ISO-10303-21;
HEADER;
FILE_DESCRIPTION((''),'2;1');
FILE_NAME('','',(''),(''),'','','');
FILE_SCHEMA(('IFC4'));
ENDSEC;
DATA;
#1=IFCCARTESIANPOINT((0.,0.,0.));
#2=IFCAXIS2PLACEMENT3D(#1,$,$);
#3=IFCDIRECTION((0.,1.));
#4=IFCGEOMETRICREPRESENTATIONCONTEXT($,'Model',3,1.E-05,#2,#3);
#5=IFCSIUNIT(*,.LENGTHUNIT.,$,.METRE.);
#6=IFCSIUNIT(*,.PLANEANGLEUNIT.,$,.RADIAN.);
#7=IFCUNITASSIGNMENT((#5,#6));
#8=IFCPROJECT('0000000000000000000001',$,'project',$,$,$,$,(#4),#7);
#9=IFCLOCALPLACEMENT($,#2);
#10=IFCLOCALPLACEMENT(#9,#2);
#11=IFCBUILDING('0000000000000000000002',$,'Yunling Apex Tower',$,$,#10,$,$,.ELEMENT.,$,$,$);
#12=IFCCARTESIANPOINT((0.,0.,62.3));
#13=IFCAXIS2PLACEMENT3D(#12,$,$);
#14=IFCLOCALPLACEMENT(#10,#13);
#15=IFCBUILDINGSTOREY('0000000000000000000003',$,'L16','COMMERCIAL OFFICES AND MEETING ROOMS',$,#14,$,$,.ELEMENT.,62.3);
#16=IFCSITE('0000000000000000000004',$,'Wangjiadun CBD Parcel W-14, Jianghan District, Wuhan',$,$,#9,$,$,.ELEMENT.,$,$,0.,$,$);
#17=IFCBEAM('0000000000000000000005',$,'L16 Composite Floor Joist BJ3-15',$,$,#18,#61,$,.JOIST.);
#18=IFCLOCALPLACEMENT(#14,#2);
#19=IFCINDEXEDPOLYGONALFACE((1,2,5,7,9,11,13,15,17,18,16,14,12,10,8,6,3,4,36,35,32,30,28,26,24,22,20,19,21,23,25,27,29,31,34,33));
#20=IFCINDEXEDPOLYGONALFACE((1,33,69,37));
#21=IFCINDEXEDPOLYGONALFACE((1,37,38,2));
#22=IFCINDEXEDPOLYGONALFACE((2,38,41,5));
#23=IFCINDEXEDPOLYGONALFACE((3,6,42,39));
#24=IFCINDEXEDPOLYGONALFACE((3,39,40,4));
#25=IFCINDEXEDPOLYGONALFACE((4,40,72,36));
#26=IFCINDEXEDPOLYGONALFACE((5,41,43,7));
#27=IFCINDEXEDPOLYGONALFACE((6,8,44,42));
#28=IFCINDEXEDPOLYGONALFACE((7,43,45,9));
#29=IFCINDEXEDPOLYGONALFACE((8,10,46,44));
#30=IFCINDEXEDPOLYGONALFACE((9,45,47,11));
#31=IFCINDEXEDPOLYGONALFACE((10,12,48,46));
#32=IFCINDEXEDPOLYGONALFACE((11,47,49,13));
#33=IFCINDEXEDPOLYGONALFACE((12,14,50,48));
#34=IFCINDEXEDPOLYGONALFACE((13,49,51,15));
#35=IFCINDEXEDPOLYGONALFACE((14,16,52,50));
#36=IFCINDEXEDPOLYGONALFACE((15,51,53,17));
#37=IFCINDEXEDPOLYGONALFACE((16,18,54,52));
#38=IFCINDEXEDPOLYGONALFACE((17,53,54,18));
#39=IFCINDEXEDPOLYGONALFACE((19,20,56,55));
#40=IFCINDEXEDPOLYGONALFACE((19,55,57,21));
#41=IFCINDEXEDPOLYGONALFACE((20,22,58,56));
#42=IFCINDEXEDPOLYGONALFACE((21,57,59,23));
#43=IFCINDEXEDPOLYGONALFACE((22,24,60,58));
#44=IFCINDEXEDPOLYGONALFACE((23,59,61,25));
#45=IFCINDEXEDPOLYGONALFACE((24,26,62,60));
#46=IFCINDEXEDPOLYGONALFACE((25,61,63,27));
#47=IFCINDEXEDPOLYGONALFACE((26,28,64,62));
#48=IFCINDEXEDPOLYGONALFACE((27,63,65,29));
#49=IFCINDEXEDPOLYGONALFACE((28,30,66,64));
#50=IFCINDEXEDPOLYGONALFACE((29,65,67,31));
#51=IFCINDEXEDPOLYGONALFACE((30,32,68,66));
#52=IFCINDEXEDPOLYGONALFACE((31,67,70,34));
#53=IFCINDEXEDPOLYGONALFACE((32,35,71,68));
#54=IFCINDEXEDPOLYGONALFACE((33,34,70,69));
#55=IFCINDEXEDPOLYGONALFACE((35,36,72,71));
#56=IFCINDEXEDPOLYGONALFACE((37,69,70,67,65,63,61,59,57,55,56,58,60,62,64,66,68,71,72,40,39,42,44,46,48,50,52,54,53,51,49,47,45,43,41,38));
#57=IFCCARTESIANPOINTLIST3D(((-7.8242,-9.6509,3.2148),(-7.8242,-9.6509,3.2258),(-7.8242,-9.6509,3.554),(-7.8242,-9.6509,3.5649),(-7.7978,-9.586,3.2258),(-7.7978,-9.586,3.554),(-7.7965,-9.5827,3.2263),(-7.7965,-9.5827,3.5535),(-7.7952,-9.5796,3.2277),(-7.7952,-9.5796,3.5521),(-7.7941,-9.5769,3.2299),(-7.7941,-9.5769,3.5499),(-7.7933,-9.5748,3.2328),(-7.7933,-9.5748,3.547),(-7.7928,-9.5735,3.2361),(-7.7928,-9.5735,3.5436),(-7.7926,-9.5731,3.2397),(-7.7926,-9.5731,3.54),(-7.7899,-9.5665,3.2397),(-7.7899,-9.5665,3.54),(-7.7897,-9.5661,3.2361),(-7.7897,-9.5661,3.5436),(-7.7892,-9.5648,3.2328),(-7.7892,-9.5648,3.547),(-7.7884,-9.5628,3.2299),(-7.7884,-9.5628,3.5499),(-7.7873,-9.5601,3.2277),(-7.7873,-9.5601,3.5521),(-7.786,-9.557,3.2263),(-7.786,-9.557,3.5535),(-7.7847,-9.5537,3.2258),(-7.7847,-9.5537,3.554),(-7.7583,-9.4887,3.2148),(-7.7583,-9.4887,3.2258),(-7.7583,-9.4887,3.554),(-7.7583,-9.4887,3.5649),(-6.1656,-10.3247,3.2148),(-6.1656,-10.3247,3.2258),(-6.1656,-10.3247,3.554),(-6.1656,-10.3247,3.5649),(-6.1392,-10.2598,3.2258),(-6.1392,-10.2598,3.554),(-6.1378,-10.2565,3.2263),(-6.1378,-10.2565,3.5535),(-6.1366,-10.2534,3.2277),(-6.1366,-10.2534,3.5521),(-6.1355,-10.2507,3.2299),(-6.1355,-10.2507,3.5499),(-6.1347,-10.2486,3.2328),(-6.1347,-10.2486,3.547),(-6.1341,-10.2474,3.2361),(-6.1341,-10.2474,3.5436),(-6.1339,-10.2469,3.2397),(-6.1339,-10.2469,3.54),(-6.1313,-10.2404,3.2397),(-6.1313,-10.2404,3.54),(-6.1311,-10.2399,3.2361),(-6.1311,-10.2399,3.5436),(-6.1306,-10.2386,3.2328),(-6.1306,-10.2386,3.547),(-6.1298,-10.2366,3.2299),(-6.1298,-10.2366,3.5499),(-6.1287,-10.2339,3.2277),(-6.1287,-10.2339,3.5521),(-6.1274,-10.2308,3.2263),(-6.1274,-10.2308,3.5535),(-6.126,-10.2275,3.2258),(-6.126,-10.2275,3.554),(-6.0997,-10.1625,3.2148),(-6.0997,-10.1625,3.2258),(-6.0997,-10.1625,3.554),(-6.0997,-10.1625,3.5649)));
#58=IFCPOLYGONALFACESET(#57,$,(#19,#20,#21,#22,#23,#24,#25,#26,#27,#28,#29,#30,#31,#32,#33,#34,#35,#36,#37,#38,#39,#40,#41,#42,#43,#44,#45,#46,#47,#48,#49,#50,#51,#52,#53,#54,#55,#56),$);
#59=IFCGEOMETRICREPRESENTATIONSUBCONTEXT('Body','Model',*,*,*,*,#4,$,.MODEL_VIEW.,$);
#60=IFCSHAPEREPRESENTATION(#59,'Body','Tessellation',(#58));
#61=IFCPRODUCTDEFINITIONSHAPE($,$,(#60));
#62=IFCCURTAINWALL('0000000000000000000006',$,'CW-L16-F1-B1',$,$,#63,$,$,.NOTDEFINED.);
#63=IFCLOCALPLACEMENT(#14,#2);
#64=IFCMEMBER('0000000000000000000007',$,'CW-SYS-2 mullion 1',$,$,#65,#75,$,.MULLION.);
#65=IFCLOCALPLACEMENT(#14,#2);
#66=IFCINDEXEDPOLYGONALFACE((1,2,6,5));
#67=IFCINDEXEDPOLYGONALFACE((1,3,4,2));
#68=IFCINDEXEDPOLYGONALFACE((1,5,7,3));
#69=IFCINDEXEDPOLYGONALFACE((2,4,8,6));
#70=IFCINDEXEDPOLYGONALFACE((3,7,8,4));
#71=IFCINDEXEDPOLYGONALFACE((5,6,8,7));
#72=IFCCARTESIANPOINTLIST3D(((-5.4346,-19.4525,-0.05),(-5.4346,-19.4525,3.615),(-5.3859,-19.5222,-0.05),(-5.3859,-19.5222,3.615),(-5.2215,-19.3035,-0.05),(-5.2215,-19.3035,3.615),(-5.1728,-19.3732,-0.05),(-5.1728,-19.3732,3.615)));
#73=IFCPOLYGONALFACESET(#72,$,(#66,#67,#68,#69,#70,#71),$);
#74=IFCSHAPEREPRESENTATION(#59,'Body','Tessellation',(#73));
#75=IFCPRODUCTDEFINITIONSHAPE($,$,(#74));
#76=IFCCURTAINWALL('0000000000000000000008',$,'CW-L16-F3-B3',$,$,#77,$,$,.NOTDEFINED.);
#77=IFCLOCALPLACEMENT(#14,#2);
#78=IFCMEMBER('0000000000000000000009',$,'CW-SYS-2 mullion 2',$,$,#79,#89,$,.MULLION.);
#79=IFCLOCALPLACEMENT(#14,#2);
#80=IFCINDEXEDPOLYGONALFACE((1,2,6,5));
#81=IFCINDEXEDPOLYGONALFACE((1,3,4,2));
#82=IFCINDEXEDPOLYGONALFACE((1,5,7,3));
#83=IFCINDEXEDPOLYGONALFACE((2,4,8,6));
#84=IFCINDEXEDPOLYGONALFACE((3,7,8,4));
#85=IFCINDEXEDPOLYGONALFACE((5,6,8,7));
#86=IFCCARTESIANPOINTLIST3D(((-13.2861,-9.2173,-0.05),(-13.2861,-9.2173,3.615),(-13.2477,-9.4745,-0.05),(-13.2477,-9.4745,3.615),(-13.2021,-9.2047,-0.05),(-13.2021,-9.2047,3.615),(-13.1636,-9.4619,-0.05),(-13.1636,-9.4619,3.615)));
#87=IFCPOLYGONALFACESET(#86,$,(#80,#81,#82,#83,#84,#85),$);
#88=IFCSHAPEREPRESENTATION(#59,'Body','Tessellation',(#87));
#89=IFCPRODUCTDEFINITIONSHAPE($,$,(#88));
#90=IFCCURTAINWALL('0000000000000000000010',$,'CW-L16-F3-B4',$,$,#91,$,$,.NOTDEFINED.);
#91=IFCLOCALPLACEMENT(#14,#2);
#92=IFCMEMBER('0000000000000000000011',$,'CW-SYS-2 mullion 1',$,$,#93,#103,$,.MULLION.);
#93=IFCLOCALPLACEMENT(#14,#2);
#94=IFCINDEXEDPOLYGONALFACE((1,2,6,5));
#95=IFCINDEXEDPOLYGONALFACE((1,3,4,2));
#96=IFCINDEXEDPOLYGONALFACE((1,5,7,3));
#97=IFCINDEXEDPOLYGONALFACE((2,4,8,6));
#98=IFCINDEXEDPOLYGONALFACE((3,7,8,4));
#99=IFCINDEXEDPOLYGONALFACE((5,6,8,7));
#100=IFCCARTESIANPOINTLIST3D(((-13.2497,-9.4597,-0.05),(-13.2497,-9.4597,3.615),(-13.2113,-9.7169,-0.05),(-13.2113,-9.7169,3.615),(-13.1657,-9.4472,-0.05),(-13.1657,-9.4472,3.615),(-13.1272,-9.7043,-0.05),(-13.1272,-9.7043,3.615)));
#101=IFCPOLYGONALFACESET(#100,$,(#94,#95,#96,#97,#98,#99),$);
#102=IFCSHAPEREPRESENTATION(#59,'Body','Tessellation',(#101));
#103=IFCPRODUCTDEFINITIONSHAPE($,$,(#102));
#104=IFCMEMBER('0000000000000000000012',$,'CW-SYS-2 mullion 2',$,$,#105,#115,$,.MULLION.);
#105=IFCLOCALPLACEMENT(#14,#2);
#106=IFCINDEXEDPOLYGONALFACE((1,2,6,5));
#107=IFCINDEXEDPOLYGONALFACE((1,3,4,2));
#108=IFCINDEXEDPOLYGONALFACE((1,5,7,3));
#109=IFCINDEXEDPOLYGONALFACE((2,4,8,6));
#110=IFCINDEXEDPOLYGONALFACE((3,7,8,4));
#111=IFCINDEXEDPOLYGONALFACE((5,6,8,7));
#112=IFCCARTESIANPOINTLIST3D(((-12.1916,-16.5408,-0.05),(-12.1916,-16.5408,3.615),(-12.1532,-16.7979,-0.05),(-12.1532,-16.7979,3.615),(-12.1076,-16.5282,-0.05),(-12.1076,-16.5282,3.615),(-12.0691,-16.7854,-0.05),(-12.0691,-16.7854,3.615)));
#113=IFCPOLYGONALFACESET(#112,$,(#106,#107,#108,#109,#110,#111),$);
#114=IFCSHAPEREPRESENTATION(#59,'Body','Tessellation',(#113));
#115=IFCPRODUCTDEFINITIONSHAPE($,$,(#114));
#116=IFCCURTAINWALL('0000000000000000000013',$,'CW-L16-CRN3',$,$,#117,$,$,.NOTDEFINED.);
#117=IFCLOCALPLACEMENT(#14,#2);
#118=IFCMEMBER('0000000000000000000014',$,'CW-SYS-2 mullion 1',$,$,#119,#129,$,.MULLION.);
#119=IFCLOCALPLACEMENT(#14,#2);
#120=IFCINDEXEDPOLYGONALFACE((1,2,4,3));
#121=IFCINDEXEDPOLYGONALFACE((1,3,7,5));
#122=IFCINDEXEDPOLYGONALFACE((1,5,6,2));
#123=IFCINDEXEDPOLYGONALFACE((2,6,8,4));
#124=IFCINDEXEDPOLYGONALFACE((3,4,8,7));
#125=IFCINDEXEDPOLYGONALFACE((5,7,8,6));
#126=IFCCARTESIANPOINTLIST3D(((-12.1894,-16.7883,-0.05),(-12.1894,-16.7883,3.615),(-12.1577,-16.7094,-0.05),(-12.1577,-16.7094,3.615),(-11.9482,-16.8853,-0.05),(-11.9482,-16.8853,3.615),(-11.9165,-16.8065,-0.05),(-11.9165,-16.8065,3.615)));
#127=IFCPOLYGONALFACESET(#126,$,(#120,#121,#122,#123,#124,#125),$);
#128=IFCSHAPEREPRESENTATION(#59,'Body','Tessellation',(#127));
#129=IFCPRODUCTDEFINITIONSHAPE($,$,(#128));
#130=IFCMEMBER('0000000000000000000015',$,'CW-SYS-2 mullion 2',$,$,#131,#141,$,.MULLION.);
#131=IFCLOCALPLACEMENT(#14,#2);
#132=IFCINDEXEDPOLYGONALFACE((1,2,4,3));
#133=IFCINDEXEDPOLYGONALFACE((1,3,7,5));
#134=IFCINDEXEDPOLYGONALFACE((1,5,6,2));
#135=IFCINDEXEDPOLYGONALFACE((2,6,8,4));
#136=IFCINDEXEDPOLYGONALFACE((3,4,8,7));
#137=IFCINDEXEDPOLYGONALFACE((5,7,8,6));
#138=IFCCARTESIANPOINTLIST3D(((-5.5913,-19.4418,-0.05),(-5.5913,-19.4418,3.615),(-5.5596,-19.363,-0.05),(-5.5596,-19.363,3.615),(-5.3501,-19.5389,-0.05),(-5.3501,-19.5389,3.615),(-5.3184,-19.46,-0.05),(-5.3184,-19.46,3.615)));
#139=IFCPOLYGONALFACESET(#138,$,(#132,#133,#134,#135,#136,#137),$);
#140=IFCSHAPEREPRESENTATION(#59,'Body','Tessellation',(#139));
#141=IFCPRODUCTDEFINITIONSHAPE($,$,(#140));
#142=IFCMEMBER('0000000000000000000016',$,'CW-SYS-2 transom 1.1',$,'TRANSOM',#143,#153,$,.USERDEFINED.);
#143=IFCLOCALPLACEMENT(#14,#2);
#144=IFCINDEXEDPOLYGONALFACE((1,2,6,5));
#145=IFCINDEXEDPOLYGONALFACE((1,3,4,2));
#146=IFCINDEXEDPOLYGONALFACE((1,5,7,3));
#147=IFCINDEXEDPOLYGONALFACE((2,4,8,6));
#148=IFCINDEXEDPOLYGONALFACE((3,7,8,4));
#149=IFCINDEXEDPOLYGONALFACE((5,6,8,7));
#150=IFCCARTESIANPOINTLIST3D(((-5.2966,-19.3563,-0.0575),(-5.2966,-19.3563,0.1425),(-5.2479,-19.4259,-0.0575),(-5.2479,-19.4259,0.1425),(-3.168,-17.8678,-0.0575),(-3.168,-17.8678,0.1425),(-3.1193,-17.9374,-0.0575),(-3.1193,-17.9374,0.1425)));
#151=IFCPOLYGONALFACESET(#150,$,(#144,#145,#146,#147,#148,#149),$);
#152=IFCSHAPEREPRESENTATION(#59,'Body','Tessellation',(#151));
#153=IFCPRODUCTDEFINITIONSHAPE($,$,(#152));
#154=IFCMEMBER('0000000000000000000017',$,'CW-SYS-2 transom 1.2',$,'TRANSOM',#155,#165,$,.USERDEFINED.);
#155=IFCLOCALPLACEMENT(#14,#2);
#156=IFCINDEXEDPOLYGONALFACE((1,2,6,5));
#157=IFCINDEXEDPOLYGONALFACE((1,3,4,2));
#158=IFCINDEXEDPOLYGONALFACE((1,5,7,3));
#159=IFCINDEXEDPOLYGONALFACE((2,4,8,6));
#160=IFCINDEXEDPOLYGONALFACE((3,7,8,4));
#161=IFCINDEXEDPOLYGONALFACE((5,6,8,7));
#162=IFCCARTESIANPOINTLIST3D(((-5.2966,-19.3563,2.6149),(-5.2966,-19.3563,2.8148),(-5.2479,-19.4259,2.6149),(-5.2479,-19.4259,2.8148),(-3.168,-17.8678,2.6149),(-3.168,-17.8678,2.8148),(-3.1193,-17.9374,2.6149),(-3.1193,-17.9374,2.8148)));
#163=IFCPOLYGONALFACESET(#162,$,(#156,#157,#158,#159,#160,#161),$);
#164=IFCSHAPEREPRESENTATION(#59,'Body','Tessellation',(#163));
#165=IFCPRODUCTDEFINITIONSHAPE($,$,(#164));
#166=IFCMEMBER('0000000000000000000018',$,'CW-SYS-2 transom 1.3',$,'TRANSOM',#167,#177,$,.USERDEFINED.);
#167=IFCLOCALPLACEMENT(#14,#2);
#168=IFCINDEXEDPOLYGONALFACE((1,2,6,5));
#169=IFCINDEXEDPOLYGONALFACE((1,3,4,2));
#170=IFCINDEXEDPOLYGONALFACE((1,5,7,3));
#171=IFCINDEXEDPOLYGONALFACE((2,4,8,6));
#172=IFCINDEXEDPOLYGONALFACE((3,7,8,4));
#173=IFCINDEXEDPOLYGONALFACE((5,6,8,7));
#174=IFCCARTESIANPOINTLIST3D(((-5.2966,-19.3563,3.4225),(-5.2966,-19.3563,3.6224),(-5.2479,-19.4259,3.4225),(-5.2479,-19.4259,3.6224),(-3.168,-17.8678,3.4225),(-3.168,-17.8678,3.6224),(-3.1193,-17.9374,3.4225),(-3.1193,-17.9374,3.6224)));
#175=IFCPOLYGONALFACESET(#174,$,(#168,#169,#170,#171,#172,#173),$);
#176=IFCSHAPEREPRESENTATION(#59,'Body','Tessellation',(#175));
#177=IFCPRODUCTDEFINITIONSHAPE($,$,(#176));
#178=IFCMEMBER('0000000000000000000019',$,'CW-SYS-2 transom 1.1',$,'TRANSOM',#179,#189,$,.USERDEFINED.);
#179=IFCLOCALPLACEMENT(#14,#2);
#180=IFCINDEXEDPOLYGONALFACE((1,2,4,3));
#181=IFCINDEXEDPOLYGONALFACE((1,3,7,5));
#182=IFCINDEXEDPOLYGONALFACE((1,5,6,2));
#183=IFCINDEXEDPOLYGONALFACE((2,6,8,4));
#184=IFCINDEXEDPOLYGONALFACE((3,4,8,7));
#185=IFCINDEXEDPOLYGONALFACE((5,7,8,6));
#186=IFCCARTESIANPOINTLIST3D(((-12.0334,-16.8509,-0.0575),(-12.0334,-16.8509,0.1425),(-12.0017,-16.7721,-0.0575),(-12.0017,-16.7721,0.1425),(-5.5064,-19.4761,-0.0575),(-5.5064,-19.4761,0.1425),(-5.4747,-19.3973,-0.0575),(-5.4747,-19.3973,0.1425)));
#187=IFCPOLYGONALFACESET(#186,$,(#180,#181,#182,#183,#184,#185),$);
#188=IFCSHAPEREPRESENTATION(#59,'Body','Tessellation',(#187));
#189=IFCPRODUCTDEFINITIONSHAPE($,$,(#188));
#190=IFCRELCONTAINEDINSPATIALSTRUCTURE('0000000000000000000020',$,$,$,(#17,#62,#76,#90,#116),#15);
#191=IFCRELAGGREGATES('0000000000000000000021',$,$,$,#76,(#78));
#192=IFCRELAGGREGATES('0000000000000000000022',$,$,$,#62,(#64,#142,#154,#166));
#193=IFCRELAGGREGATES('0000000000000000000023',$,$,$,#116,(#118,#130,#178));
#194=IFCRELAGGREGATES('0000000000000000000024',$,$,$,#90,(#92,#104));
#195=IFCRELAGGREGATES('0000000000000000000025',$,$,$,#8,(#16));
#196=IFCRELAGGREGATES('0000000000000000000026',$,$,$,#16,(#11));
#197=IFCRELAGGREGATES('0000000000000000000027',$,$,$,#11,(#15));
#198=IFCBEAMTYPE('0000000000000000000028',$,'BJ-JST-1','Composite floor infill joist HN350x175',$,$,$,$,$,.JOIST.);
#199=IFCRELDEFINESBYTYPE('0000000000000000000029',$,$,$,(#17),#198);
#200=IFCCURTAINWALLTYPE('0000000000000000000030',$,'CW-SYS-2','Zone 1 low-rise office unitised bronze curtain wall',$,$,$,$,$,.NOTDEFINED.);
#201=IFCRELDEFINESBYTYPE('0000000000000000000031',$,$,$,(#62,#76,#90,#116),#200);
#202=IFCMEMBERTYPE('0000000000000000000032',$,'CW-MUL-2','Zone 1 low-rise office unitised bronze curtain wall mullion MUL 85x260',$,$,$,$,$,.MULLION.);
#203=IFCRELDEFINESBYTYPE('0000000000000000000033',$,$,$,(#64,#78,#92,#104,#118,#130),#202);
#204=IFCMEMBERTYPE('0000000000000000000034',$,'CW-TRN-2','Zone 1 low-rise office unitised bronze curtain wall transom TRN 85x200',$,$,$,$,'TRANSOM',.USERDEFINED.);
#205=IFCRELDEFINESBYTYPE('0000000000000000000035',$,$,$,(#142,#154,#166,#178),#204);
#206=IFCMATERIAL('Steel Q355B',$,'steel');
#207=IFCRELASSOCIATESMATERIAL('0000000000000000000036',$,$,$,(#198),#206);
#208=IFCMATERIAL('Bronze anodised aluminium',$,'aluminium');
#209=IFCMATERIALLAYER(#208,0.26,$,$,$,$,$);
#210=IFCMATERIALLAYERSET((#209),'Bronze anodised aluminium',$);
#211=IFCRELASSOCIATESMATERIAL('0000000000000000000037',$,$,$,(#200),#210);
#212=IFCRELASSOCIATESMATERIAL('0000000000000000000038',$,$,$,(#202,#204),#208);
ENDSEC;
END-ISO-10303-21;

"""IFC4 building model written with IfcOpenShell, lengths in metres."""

from ifc_helpers import new_model, si_unit, direction, frame, origin, origin_2d, place, context, subcontext, project, spatial, rectangle, i_section, extrude, source, transform, mapped, material, layer, layer_set, material_profile, profile_set, type_object, element, aggregate, save


model = new_model("IFC4")

# Units and contexts
model_context = context("Model", 3, precision=1e-05, world=origin(), true_north=direction((0.0, 1.0)))
body_context = subcontext(model_context, "Body", "Model", "MODEL_VIEW")
ifc_project = project(units=[si_unit("LENGTHUNIT", "METRE"), si_unit("PLANEANGLEUNIT", "RADIAN")], contexts=[model_context])

# Site, building, storey
site_placement = place(None, origin())
site = spatial("IfcSite", under=ifc_project, at=site_placement, Name="Wangjiadun CBD Parcel W-14, Jianghan District, Wuhan", CompositionType="ELEMENT", RefElevation=0.0)
building_placement = place(site_placement, origin())
building = spatial("IfcBuilding", under=site, at=building_placement, Name="Yunling Apex Tower", CompositionType="ELEMENT")
storey_placement = place(building_placement, frame((0.0, 0.0, 62.3)))
storey = spatial("IfcBuildingStorey", under=building, at=storey_placement, Name="L16", Description="COMMERCIAL OFFICES AND MEETING ROOMS", CompositionType="ELEMENT", Elevation=62.3)

# Beam
ifc_material_1 = material(Name="Steel Q355B", Category="steel")
ifc_material_profile_1 = material_profile(ifc_material_1, i_section(OverallWidth=0.175, OverallDepth=0.3501, WebThickness=0.0071, FlangeThickness=0.011, FilletRadius=0.0139, at=origin_2d()))
ifc_profile_set_1 = profile_set([ifc_material_profile_1], Name="Steel Q355B")
beam_type_1 = type_object("IfcBeamType", Name="BJ-JST-1", Description="Composite floor infill joist HN350x175", PredefinedType="JOIST", material=ifc_profile_set_1)
shared_shape_1 = source(origin(), body_context, "Body", "SweptSolid", [
    extrude(i_section(OverallWidth=0.175, OverallDepth=0.3501, WebThickness=0.0071, FlangeThickness=0.011, FilletRadius=0.0139, at=origin_2d()), origin(), (0.0, 0.0, 1.0), 1.7903),
])
beam_1_placement = place(storey_placement, frame((-7.7913, -9.5698, 3.3899), z_axis=(0.92647, -0.37637, 0.0), x_axis=(0.37637, 0.92647, 0.0)))
element("IfcBeam", 1, at=beam_1_placement, inside=storey, type_object=beam_type_1, Name="L16 Composite Floor Joist BJ3-15", PredefinedType="JOIST", context=body_context, shape_type="MappedRepresentation", body=[
    mapped(shared_shape_1, transform((0.0, 0.0, 0.0), scale=1.0)),
])

# Curtain walls, members
ifc_material_2 = material(Name="Bronze anodised aluminium", Category="aluminium")
ifc_layer_1 = layer(ifc_material_2, 0.26)
ifc_layer_set_1 = layer_set([ifc_layer_1], Name="Bronze anodised aluminium")
curtain_wall_type = type_object("IfcCurtainWallType", Name="CW-SYS-2", Description="Zone 1 low-rise office unitised bronze curtain wall", PredefinedType="NOTDEFINED", material=ifc_layer_set_1)
curtain_wall_1_placement = place(storey_placement, origin())
curtain_wall_1 = element("IfcCurtainWall", 2, at=curtain_wall_1_placement, inside=storey, type_object=curtain_wall_type, Name="CW-L16-F1-B1", PredefinedType="NOTDEFINED")
ifc_material_profile_2 = material_profile(ifc_material_2, rectangle(XDim=0.085, YDim=0.26, at=origin_2d()))
ifc_profile_set_2 = profile_set([ifc_material_profile_2], Name="Bronze anodised aluminium")
member_type_1 = type_object("IfcMemberType", Name="CW-MUL-2", Description="Zone 1 low-rise office unitised bronze curtain wall mullion MUL 85x260", PredefinedType="MULLION", material=ifc_profile_set_2)
shared_shape_2 = source(origin(), body_context, "Body", "SweptSolid", [
    extrude(rectangle(XDim=0.085, YDim=0.26, at=origin_2d()), origin(), (0.0, 0.0, 1.0), 3.665),
])
member_1_placement = place(storey_placement, frame((-5.3037, -19.4128, -0.05), z_axis=(0.0, 0.0, 1.0), x_axis=(-0.573004, 0.819552, 0.0)))
member_1 = element("IfcMember", 3, at=member_1_placement, type_object=member_type_1, Name="CW-SYS-2 mullion 1", PredefinedType="MULLION", context=body_context, shape_type="MappedRepresentation", body=[
    mapped(shared_shape_2, transform((0.0, 0.0, 0.0), scale=1.0)),
])
curtain_wall_2_placement = place(storey_placement, origin())
curtain_wall_2 = element("IfcCurtainWall", 4, at=curtain_wall_2_placement, inside=storey, type_object=curtain_wall_type, Name="CW-L16-F3-B3", PredefinedType="NOTDEFINED")
member_2_placement = place(storey_placement, frame((-13.2249, -9.3396, -0.05), z_axis=(0.0, 0.0, 1.0), x_axis=(0.989015, 0.147815, 0.0)))
member_2 = element("IfcMember", 5, at=member_2_placement, type_object=member_type_1, Name="CW-SYS-2 mullion 2", PredefinedType="MULLION", context=body_context, shape_type="MappedRepresentation", body=[
    mapped(shared_shape_2, transform((0.0, 0.0, 0.0), scale=1.0)),
])
aggregate(curtain_wall_2, [member_2])

# Curtain walls, members
curtain_wall_3_placement = place(storey_placement, origin())
curtain_wall_3 = element("IfcCurtainWall", 6, at=curtain_wall_3_placement, inside=storey, type_object=curtain_wall_type, Name="CW-L16-F3-B4", PredefinedType="NOTDEFINED")
member_3_placement = place(storey_placement, frame((-13.1885, -9.582, -0.05), z_axis=(0.0, 0.0, 1.0), x_axis=(0.989017, 0.147801, 0.0)))
member_3 = element("IfcMember", 7, at=member_3_placement, type_object=member_type_1, Name="CW-SYS-2 mullion 1", PredefinedType="MULLION", context=body_context, shape_type="MappedRepresentation", body=[
    mapped(shared_shape_2, transform((0.0, 0.0, 0.0), scale=1.0)),
])
member_4_placement = place(storey_placement, frame((-12.1304, -16.6631, -0.05), z_axis=(0.0, 0.0, 1.0), x_axis=(0.989017, 0.147801, 0.0)))
member_4 = element("IfcMember", 8, at=member_4_placement, type_object=member_type_1, Name="CW-SYS-2 mullion 2", PredefinedType="MULLION", context=body_context, shape_type="MappedRepresentation", body=[
    mapped(shared_shape_2, transform((0.0, 0.0, 0.0), scale=1.0)),
])
curtain_wall_4_placement = place(storey_placement, origin())
curtain_wall_4 = element("IfcCurtainWall", 9, at=curtain_wall_4_placement, inside=storey, type_object=curtain_wall_type, Name="CW-L16-CRN3", PredefinedType="NOTDEFINED")
member_5_placement = place(storey_placement, frame((-12.053, -16.7974, -0.05), z_axis=(0.0, 0.0, 1.0), x_axis=(0.373144, 0.927774, 0.0)))
member_5 = element("IfcMember", 10, at=member_5_placement, type_object=member_type_1, Name="CW-SYS-2 mullion 1", PredefinedType="MULLION", context=body_context, shape_type="MappedRepresentation", body=[
    mapped(shared_shape_2, transform((0.0, 0.0, 0.0), scale=1.0)),
])
member_6_placement = place(storey_placement, frame((-5.4548, -19.4509, -0.05), z_axis=(0.0, 0.0, 1.0), x_axis=(0.373144, 0.927774, 0.0)))
member_6 = element("IfcMember", 11, at=member_6_placement, type_object=member_type_1, Name="CW-SYS-2 mullion 2", PredefinedType="MULLION", context=body_context, shape_type="MappedRepresentation", body=[
    mapped(shared_shape_2, transform((0.0, 0.0, 0.0), scale=1.0)),
])

# Members
ifc_material_profile_3 = material_profile(ifc_material_2, rectangle(XDim=0.085, YDim=0.2, at=origin_2d()))
ifc_profile_set_3 = profile_set([ifc_material_profile_3], Name="Bronze anodised aluminium")
member_type_2 = type_object("IfcMemberType", Name="CW-TRN-2", Description="Zone 1 low-rise office unitised bronze curtain wall transom TRN 85x200", ElementType="TRANSOM", PredefinedType="USERDEFINED", material=ifc_profile_set_3)
shared_shape_3 = source(origin(), body_context, "Body", "SweptSolid", [
    extrude(rectangle(XDim=0.085, YDim=0.2, at=origin_2d()), origin(), (0.0, 0.0, 1.0), 2.5974),
])
member_7_placement = place(storey_placement, frame((-5.2722, -19.3911, 0.0425), z_axis=(0.81951, 0.573065, 0.0), x_axis=(-0.573065, 0.81951, 0.0)))
member_7 = element("IfcMember", 12, at=member_7_placement, type_object=member_type_2, Name="CW-SYS-2 transom 1.1", ObjectType="TRANSOM", PredefinedType="USERDEFINED", context=body_context, shape_type="MappedRepresentation", body=[
    mapped(shared_shape_3, transform((0.0, 0.0, 0.0), scale=1.0)),
])
member_8_placement = place(storey_placement, frame((-5.2722, -19.3911, 2.7148), z_axis=(0.81951, 0.573065, 0.0), x_axis=(-0.573065, 0.81951, 0.0)))
member_8 = element("IfcMember", 13, at=member_8_placement, type_object=member_type_2, Name="CW-SYS-2 transom 1.2", ObjectType="TRANSOM", PredefinedType="USERDEFINED", context=body_context, shape_type="MappedRepresentation", body=[
    mapped(shared_shape_3, transform((0.0, 0.0, 0.0), scale=1.0)),
])
member_9_placement = place(storey_placement, frame((-5.2722, -19.3911, 3.5225), z_axis=(0.81951, 0.573065, 0.0), x_axis=(-0.573065, 0.81951, 0.0)))
member_9 = element("IfcMember", 14, at=member_9_placement, type_object=member_type_2, Name="CW-SYS-2 transom 1.3", ObjectType="TRANSOM", PredefinedType="USERDEFINED", context=body_context, shape_type="MappedRepresentation", body=[
    mapped(shared_shape_3, transform((0.0, 0.0, 0.0), scale=1.0)),
])
shared_shape_4 = source(origin(), body_context, "Body", "SweptSolid", [
    extrude(rectangle(XDim=0.085, YDim=0.2, at=origin_2d()), origin(), (0.0, 0.0, 1.0), 7.0352),
])
member_10_placement = place(storey_placement, frame((-12.0176, -16.8115, 0.0425), z_axis=(0.927769, -0.373155, 0.0), x_axis=(0.373155, 0.927769, 0.0)))
member_10 = element("IfcMember", 15, at=member_10_placement, type_object=member_type_2, Name="CW-SYS-2 transom 1.1", ObjectType="TRANSOM", PredefinedType="USERDEFINED", context=body_context, shape_type="MappedRepresentation", body=[
    mapped(shared_shape_4, transform((0.0, 0.0, 0.0), scale=1.0)),
])

aggregate(curtain_wall_1, [member_1, member_7, member_8, member_9])
aggregate(curtain_wall_4, [member_5, member_6, member_10])
aggregate(curtain_wall_3, [member_3, member_4])

save(model, "model.ifc")
